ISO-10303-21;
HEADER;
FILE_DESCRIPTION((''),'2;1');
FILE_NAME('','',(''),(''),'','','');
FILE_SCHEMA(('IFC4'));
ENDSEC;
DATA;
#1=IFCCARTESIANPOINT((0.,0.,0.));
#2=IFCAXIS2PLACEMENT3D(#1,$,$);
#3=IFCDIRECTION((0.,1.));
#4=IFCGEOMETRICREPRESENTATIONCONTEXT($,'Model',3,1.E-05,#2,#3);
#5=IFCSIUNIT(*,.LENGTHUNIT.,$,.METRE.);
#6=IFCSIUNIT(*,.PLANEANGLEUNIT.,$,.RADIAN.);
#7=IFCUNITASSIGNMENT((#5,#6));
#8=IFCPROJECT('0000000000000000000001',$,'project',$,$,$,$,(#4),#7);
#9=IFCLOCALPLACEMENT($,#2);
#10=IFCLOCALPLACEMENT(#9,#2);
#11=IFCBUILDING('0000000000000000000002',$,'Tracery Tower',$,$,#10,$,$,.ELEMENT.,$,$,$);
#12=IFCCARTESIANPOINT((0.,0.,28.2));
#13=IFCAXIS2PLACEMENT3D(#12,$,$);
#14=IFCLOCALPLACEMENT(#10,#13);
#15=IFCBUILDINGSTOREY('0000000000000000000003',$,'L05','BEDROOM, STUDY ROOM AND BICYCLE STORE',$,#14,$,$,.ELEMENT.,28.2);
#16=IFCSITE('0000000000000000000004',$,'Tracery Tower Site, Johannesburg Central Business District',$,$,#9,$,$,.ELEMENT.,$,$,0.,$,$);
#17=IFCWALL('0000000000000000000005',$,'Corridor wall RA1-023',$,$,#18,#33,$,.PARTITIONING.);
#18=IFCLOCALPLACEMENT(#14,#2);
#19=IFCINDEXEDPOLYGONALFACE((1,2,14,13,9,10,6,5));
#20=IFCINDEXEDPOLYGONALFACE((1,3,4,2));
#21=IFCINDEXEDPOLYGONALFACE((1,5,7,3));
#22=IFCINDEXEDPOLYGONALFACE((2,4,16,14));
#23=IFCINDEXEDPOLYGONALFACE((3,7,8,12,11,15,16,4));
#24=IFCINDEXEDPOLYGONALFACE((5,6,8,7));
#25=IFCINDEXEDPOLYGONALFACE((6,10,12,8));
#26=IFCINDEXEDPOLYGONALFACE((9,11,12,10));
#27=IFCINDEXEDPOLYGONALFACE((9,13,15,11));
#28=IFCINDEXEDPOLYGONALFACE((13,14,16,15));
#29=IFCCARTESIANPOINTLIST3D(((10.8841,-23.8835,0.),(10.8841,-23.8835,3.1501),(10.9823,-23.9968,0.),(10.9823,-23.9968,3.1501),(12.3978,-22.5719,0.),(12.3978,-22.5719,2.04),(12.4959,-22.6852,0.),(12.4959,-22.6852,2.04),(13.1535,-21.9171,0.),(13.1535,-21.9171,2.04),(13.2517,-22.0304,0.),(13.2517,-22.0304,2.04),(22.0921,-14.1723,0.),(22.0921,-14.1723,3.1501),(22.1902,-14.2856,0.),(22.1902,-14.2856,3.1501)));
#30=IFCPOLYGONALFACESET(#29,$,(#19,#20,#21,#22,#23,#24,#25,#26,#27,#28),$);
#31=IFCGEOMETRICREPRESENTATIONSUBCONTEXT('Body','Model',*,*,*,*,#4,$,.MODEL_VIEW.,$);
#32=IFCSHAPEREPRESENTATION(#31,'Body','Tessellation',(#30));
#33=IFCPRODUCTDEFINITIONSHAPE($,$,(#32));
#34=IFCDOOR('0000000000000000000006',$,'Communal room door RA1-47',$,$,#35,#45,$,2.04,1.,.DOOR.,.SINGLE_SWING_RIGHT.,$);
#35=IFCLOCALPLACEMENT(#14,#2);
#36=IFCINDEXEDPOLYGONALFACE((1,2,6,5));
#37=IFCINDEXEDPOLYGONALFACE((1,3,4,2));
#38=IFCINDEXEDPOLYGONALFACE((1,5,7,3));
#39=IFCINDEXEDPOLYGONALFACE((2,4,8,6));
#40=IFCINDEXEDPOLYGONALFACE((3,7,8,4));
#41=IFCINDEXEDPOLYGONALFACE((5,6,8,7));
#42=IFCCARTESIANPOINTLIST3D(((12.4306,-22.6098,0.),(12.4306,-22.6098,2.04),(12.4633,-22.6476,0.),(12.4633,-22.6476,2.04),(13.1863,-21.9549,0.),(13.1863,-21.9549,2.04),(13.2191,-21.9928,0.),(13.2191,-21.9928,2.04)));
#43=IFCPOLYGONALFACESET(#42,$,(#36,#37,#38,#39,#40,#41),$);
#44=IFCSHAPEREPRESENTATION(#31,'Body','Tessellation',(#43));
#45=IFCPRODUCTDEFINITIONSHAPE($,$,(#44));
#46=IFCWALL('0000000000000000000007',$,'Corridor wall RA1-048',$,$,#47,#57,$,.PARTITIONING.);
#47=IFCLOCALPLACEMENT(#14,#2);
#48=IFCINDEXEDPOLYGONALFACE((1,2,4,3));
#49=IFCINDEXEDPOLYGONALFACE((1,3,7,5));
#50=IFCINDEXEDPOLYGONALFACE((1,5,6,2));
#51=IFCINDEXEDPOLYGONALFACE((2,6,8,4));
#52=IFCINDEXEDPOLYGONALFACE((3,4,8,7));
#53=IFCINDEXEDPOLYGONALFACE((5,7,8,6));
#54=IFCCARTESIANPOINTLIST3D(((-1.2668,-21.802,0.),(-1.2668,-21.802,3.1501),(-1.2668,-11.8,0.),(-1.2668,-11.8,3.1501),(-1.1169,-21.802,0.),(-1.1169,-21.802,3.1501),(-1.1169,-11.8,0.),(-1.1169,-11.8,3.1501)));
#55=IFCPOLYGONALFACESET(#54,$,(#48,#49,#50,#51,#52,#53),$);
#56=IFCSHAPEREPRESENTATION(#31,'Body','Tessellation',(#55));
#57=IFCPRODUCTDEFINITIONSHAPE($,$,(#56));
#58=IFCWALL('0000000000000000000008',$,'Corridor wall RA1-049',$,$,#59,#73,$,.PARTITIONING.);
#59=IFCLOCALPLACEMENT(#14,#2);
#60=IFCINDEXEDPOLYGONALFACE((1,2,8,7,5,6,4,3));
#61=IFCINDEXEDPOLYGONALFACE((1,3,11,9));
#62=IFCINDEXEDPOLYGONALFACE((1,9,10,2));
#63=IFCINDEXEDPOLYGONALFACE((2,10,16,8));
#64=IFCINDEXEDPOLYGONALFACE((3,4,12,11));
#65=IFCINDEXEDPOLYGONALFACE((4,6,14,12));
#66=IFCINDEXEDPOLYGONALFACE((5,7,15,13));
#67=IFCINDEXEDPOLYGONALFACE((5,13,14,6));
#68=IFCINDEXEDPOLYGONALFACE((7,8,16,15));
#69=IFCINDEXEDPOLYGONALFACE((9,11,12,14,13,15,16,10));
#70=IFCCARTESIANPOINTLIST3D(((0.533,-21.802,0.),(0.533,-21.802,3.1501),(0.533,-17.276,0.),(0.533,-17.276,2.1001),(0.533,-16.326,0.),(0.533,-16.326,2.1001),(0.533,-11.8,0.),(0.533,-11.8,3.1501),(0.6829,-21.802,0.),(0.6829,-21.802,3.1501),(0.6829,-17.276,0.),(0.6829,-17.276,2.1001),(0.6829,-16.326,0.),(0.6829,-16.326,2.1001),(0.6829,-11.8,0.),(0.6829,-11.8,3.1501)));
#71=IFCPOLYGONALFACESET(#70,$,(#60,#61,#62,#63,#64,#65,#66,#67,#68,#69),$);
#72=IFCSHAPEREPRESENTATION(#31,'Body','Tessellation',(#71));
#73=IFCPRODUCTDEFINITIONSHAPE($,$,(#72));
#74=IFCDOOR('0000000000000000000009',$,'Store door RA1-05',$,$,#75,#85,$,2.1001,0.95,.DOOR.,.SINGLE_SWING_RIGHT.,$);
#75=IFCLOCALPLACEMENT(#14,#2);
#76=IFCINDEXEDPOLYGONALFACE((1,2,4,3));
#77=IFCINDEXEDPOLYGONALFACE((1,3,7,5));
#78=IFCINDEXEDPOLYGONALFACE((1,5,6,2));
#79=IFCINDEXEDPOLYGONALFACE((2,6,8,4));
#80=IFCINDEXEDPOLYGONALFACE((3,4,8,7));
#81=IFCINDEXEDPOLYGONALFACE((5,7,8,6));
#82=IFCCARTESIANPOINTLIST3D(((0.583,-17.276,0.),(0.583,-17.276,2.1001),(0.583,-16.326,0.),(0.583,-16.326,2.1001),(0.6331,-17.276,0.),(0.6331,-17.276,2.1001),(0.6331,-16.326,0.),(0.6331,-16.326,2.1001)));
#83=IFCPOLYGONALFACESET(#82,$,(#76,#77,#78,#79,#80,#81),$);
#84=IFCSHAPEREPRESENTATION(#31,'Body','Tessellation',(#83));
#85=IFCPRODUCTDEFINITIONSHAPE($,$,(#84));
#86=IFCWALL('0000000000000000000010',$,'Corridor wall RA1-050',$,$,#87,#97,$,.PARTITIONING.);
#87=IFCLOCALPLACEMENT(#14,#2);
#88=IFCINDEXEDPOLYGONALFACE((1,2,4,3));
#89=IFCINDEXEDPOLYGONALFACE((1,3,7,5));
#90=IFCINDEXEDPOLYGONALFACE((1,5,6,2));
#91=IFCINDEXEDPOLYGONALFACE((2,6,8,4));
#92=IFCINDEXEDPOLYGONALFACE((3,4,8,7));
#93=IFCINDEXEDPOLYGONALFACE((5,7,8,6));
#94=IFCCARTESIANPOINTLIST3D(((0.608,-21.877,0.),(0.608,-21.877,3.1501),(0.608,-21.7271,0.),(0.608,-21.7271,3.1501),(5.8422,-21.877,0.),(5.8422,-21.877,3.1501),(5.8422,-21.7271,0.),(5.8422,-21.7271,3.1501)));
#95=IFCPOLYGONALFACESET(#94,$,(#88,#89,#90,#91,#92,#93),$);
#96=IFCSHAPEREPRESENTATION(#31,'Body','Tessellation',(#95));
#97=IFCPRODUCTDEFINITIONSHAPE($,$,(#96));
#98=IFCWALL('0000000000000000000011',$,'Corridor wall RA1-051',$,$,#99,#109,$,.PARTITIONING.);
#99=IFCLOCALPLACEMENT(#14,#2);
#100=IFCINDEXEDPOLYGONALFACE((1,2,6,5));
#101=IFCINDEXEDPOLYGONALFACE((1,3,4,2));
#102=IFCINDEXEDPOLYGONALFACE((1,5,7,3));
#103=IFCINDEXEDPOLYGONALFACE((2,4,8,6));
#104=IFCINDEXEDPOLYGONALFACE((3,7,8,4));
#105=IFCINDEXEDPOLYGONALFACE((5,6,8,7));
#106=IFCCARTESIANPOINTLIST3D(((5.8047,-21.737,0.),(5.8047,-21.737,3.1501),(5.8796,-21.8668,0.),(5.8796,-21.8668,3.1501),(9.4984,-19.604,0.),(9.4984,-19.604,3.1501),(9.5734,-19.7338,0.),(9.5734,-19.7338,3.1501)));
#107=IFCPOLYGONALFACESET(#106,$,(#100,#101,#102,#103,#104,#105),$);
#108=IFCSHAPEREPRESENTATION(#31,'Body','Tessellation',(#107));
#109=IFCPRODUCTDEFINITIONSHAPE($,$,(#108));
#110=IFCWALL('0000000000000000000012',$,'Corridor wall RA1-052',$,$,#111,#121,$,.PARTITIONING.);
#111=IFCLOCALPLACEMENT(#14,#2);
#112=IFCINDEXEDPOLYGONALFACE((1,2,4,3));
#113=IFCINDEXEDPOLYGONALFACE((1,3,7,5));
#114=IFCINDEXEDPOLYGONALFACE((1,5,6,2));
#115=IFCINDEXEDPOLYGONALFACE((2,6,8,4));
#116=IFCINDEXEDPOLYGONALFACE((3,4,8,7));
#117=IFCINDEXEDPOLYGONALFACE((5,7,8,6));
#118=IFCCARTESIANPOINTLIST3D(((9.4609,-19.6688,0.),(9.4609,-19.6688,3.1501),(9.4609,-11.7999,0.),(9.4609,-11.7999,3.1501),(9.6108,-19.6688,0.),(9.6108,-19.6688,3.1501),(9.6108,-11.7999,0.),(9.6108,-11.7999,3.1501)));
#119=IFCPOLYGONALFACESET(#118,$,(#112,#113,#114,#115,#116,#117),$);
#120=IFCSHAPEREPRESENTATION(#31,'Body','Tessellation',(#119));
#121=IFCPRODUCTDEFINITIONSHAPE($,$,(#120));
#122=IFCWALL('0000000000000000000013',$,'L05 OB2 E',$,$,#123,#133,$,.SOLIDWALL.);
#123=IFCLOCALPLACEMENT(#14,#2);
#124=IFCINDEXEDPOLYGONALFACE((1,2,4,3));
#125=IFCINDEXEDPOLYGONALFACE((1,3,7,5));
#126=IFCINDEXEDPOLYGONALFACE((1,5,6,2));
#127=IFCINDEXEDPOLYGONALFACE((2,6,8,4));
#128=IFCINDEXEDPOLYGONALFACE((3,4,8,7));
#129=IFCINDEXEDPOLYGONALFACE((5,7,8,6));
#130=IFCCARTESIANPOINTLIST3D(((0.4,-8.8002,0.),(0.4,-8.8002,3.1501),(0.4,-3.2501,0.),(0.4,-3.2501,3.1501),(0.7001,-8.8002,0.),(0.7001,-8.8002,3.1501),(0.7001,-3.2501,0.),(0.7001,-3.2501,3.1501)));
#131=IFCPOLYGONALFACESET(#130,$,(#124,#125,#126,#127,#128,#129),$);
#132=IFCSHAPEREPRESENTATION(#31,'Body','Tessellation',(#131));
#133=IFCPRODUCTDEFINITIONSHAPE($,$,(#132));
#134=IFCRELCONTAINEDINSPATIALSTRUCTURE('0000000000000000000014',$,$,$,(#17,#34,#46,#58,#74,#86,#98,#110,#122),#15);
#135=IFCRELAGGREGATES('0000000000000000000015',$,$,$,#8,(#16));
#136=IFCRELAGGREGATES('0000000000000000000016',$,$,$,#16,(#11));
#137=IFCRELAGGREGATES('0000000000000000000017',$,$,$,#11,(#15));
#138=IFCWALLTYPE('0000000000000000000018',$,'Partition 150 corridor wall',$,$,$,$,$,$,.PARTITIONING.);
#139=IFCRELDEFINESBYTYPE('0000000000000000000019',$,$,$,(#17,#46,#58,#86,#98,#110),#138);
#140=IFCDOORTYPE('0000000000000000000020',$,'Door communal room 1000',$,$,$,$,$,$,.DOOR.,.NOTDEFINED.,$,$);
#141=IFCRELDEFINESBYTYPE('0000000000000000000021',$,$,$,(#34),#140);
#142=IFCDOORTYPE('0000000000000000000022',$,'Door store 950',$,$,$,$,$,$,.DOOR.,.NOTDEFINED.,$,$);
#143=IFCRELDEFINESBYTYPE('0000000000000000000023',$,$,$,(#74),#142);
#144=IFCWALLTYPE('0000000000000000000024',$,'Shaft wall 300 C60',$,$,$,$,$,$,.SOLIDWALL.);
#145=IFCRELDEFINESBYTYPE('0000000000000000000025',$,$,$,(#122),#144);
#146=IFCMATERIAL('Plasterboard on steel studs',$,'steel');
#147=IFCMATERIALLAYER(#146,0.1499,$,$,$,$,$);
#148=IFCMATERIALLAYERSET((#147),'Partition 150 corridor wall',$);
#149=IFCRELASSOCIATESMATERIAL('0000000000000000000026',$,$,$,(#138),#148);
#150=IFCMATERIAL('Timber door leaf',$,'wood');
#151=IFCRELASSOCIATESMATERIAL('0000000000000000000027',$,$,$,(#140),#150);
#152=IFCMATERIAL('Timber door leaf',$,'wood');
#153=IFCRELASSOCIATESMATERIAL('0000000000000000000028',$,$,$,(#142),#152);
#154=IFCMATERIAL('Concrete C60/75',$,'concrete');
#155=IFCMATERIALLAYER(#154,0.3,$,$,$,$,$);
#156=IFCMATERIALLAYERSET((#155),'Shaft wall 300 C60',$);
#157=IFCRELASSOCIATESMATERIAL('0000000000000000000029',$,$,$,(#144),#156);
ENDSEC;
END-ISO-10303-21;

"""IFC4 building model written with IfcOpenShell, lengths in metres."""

from ifc_helpers import new_model, si_unit, direction, frame, frame_2d, origin, place, context, subcontext, project, spatial, rectangle, extrude, material, layer, layer_set, type_object, element, fill, save


model = new_model("IFC4")

# Units and contexts
model_context = context("Model", 3, precision=1e-05, world=origin(), true_north=direction((0.0, 1.0)))
body_context = subcontext(model_context, "Body", "Model", "MODEL_VIEW")
ifc_project = project(units=[si_unit("LENGTHUNIT", "METRE"), si_unit("PLANEANGLEUNIT", "RADIAN")], contexts=[model_context])

# Site, building, storey
site_placement = place(None, origin())
site = spatial("IfcSite", under=ifc_project, at=site_placement, Name="Tracery Tower Site, Johannesburg Central Business District", CompositionType="ELEMENT", RefElevation=0.0)
building_placement = place(site_placement, origin())
building = spatial("IfcBuilding", under=site, at=building_placement, Name="Tracery Tower", CompositionType="ELEMENT")
storey_placement = place(building_placement, frame((0.0, 0.0, 28.2)))
storey = spatial("IfcBuildingStorey", under=building, at=storey_placement, Name="L05", Description="BEDROOM, STUDY ROOM AND BICYCLE STORE", CompositionType="ELEMENT", Elevation=28.2)

# Shared definitions
ifc_material_1 = material(Name="Plasterboard on steel studs", Category="steel")
ifc_layer_1 = layer(ifc_material_1, 0.1499)
ifc_layer_set_1 = layer_set([ifc_layer_1], Name="Partition 150 corridor wall")
wall_type_1 = type_object("IfcWallType", Name="Partition 150 corridor wall", PredefinedType="PARTITIONING", material=ifc_layer_set_1)

# Wall, opening, door
wall_1_placement = place(storey_placement, frame((10.9331, -23.9402, 0.0), z_axis=(0.0, 0.0, 1.0), x_axis=(0.75577, 0.654837, 0.0)))
wall_1 = element("IfcWall", 1, at=wall_1_placement, inside=storey, type_object=wall_type_1, Name="Corridor wall RA1-023", PredefinedType="PARTITIONING", context=body_context, shape_type="SweptSolid", body=[
    extrude(rectangle(XDim=14.8298, YDim=0.1499, at=frame_2d((7.415, 0.0))), origin(), (0.0, 0.0, 1.0), 3.1501),
])
opening_1_placement = place(wall_1_placement, frame((2.0029, 0.0, 0.0)))
opening_1 = element("IfcOpeningElement", 2, at=opening_1_placement, cuts=wall_1, PredefinedType="OPENING", context=body_context, shape_type="SweptSolid", body=[
    extrude(rectangle(XDim=1.0, YDim=2.04, at=frame_2d((0.5, 1.02))), frame((0.0, 0.075, 0.0), z_axis=(0.0, -1.0, 0.0), x_axis=(1.0, 0.0, 0.0)), (0.0, 0.0, 1.0), 0.1499),
])
ifc_material_2 = material(Name="Timber door leaf", Category="wood")
door_type_1 = type_object("IfcDoorType", Name="Door communal room 1000", OperationType="NOTDEFINED", PredefinedType="DOOR", material=ifc_material_2)
door_1_placement = place(opening_1_placement, origin())
door_1 = element("IfcDoor", 3, at=door_1_placement, inside=storey, type_object=door_type_1, Name="Communal room door RA1-47", OperationType="SINGLE_SWING_RIGHT", OverallHeight=2.04, OverallWidth=1.0, PredefinedType="DOOR", context=body_context, shape_type="SweptSolid", body=[
    extrude(rectangle(XDim=1.0, YDim=2.04, at=frame_2d((0.5, 1.02))), frame((0.0, 0.0249, 0.0), z_axis=(0.0, -1.0, 0.0), x_axis=(1.0, 0.0, 0.0)), (0.0, 0.0, 1.0), 0.05),
])
fill(opening_1, door_1)

# Wall
wall_2_placement = place(storey_placement, frame((-1.1919, -21.802, 0.0), z_axis=(0.0, 0.0, 1.0), x_axis=(0.0, 1.0, 0.0)))
element("IfcWall", 4, at=wall_2_placement, inside=storey, type_object=wall_type_1, Name="Corridor wall RA1-048", PredefinedType="PARTITIONING", context=body_context, shape_type="SweptSolid", body=[
    extrude(rectangle(XDim=10.002, YDim=0.1499, at=frame_2d((5.001, 0.0))), origin(), (0.0, 0.0, 1.0), 3.1501),
])

# Wall, opening, door
wall_3_placement = place(storey_placement, frame((0.6079, -21.802, 0.0), z_axis=(0.0, 0.0, 1.0), x_axis=(0.0, 1.0, 0.0)))
wall_3 = element("IfcWall", 5, at=wall_3_placement, inside=storey, type_object=wall_type_1, Name="Corridor wall RA1-049", PredefinedType="PARTITIONING", context=body_context, shape_type="SweptSolid", body=[
    extrude(rectangle(XDim=10.002, YDim=0.1499, at=frame_2d((5.001, 0.0))), origin(), (0.0, 0.0, 1.0), 3.1501),
])
opening_2_placement = place(wall_3_placement, frame((4.5259, 0.0, 0.0)))
opening_2 = element("IfcOpeningElement", 6, at=opening_2_placement, cuts=wall_3, PredefinedType="OPENING", context=body_context, shape_type="SweptSolid", body=[
    extrude(rectangle(XDim=0.95, YDim=2.1001, at=frame_2d((0.4751, 1.05))), frame((0.0, 0.075, 0.0), z_axis=(0.0, -1.0, 0.0), x_axis=(1.0, 0.0, 0.0)), (0.0, 0.0, 1.0), 0.1499),
])
ifc_material_3 = material(Name="Timber door leaf", Category="wood")
door_type_2 = type_object("IfcDoorType", Name="Door store 950", OperationType="NOTDEFINED", PredefinedType="DOOR", material=ifc_material_3)
door_2_placement = place(opening_2_placement, origin())
door_2 = element("IfcDoor", 7, at=door_2_placement, inside=storey, type_object=door_type_2, Name="Store door RA1-05", OperationType="SINGLE_SWING_RIGHT", OverallHeight=2.1001, OverallWidth=0.95, PredefinedType="DOOR", context=body_context, shape_type="SweptSolid", body=[
    extrude(rectangle(XDim=0.95, YDim=2.1001, at=frame_2d((0.4751, 1.05))), frame((0.0, 0.0249, 0.0), z_axis=(0.0, -1.0, 0.0), x_axis=(1.0, 0.0, 0.0)), (0.0, 0.0, 1.0), 0.05),
])
fill(opening_2, door_2)

# Walls
wall_4_placement = place(storey_placement, frame((0.6079, -21.802, 0.0), z_axis=(0.0, 0.0, 1.0), x_axis=(1.0, 0.0, 0.0)))
element("IfcWall", 8, at=wall_4_placement, inside=storey, type_object=wall_type_1, Name="Corridor wall RA1-050", PredefinedType="PARTITIONING", context=body_context, shape_type="SweptSolid", body=[
    extrude(rectangle(XDim=5.2341, YDim=0.1499, at=frame_2d((2.6172, 0.0))), origin(), (0.0, 0.0, 1.0), 3.1501),
])
wall_5_placement = place(storey_placement, frame((5.842, -21.802, 0.0), z_axis=(0.0, 0.0, 1.0), x_axis=(0.865984, 0.500073, 0.0)))
element("IfcWall", 9, at=wall_5_placement, inside=storey, type_object=wall_type_1, Name="Corridor wall RA1-051", PredefinedType="PARTITIONING", context=body_context, shape_type="SweptSolid", body=[
    extrude(rectangle(XDim=4.2654, YDim=0.1499, at=frame_2d((2.1328, 0.0))), origin(), (0.0, 0.0, 1.0), 3.1501),
])
wall_6_placement = place(storey_placement, frame((9.5359, -19.6689, 0.0), z_axis=(0.0, 0.0, 1.0), x_axis=(0.0, 1.0, 0.0)))
element("IfcWall", 10, at=wall_6_placement, inside=storey, type_object=wall_type_1, Name="Corridor wall RA1-052", PredefinedType="PARTITIONING", context=body_context, shape_type="SweptSolid", body=[
    extrude(rectangle(XDim=7.8689, YDim=0.1499, at=frame_2d((3.9346, 0.0))), origin(), (0.0, 0.0, 1.0), 3.1501),
])
ifc_material_4 = material(Name="Concrete C60/75", Category="concrete")
ifc_layer_2 = layer(ifc_material_4, 0.3)
ifc_layer_set_2 = layer_set([ifc_layer_2], Name="Shaft wall 300 C60")
wall_type_2 = type_object("IfcWallType", Name="Shaft wall 300 C60", PredefinedType="SOLIDWALL", material=ifc_layer_set_2)
wall_7_placement = place(storey_placement, frame((0.55, -8.8, 0.0), z_axis=(0.0, 0.0, 1.0), x_axis=(0.0, 1.0, 0.0)))
element("IfcWall", 11, at=wall_7_placement, inside=storey, type_object=wall_type_2, Name="L05 OB2 E", PredefinedType="SOLIDWALL", context=body_context, shape_type="SweptSolid", body=[
    extrude(rectangle(XDim=5.55, YDim=0.3, at=frame_2d((2.7749, 0.0))), origin(), (0.0, 0.0, 1.0), 3.1501),
])

save(model, "model.ifc")
